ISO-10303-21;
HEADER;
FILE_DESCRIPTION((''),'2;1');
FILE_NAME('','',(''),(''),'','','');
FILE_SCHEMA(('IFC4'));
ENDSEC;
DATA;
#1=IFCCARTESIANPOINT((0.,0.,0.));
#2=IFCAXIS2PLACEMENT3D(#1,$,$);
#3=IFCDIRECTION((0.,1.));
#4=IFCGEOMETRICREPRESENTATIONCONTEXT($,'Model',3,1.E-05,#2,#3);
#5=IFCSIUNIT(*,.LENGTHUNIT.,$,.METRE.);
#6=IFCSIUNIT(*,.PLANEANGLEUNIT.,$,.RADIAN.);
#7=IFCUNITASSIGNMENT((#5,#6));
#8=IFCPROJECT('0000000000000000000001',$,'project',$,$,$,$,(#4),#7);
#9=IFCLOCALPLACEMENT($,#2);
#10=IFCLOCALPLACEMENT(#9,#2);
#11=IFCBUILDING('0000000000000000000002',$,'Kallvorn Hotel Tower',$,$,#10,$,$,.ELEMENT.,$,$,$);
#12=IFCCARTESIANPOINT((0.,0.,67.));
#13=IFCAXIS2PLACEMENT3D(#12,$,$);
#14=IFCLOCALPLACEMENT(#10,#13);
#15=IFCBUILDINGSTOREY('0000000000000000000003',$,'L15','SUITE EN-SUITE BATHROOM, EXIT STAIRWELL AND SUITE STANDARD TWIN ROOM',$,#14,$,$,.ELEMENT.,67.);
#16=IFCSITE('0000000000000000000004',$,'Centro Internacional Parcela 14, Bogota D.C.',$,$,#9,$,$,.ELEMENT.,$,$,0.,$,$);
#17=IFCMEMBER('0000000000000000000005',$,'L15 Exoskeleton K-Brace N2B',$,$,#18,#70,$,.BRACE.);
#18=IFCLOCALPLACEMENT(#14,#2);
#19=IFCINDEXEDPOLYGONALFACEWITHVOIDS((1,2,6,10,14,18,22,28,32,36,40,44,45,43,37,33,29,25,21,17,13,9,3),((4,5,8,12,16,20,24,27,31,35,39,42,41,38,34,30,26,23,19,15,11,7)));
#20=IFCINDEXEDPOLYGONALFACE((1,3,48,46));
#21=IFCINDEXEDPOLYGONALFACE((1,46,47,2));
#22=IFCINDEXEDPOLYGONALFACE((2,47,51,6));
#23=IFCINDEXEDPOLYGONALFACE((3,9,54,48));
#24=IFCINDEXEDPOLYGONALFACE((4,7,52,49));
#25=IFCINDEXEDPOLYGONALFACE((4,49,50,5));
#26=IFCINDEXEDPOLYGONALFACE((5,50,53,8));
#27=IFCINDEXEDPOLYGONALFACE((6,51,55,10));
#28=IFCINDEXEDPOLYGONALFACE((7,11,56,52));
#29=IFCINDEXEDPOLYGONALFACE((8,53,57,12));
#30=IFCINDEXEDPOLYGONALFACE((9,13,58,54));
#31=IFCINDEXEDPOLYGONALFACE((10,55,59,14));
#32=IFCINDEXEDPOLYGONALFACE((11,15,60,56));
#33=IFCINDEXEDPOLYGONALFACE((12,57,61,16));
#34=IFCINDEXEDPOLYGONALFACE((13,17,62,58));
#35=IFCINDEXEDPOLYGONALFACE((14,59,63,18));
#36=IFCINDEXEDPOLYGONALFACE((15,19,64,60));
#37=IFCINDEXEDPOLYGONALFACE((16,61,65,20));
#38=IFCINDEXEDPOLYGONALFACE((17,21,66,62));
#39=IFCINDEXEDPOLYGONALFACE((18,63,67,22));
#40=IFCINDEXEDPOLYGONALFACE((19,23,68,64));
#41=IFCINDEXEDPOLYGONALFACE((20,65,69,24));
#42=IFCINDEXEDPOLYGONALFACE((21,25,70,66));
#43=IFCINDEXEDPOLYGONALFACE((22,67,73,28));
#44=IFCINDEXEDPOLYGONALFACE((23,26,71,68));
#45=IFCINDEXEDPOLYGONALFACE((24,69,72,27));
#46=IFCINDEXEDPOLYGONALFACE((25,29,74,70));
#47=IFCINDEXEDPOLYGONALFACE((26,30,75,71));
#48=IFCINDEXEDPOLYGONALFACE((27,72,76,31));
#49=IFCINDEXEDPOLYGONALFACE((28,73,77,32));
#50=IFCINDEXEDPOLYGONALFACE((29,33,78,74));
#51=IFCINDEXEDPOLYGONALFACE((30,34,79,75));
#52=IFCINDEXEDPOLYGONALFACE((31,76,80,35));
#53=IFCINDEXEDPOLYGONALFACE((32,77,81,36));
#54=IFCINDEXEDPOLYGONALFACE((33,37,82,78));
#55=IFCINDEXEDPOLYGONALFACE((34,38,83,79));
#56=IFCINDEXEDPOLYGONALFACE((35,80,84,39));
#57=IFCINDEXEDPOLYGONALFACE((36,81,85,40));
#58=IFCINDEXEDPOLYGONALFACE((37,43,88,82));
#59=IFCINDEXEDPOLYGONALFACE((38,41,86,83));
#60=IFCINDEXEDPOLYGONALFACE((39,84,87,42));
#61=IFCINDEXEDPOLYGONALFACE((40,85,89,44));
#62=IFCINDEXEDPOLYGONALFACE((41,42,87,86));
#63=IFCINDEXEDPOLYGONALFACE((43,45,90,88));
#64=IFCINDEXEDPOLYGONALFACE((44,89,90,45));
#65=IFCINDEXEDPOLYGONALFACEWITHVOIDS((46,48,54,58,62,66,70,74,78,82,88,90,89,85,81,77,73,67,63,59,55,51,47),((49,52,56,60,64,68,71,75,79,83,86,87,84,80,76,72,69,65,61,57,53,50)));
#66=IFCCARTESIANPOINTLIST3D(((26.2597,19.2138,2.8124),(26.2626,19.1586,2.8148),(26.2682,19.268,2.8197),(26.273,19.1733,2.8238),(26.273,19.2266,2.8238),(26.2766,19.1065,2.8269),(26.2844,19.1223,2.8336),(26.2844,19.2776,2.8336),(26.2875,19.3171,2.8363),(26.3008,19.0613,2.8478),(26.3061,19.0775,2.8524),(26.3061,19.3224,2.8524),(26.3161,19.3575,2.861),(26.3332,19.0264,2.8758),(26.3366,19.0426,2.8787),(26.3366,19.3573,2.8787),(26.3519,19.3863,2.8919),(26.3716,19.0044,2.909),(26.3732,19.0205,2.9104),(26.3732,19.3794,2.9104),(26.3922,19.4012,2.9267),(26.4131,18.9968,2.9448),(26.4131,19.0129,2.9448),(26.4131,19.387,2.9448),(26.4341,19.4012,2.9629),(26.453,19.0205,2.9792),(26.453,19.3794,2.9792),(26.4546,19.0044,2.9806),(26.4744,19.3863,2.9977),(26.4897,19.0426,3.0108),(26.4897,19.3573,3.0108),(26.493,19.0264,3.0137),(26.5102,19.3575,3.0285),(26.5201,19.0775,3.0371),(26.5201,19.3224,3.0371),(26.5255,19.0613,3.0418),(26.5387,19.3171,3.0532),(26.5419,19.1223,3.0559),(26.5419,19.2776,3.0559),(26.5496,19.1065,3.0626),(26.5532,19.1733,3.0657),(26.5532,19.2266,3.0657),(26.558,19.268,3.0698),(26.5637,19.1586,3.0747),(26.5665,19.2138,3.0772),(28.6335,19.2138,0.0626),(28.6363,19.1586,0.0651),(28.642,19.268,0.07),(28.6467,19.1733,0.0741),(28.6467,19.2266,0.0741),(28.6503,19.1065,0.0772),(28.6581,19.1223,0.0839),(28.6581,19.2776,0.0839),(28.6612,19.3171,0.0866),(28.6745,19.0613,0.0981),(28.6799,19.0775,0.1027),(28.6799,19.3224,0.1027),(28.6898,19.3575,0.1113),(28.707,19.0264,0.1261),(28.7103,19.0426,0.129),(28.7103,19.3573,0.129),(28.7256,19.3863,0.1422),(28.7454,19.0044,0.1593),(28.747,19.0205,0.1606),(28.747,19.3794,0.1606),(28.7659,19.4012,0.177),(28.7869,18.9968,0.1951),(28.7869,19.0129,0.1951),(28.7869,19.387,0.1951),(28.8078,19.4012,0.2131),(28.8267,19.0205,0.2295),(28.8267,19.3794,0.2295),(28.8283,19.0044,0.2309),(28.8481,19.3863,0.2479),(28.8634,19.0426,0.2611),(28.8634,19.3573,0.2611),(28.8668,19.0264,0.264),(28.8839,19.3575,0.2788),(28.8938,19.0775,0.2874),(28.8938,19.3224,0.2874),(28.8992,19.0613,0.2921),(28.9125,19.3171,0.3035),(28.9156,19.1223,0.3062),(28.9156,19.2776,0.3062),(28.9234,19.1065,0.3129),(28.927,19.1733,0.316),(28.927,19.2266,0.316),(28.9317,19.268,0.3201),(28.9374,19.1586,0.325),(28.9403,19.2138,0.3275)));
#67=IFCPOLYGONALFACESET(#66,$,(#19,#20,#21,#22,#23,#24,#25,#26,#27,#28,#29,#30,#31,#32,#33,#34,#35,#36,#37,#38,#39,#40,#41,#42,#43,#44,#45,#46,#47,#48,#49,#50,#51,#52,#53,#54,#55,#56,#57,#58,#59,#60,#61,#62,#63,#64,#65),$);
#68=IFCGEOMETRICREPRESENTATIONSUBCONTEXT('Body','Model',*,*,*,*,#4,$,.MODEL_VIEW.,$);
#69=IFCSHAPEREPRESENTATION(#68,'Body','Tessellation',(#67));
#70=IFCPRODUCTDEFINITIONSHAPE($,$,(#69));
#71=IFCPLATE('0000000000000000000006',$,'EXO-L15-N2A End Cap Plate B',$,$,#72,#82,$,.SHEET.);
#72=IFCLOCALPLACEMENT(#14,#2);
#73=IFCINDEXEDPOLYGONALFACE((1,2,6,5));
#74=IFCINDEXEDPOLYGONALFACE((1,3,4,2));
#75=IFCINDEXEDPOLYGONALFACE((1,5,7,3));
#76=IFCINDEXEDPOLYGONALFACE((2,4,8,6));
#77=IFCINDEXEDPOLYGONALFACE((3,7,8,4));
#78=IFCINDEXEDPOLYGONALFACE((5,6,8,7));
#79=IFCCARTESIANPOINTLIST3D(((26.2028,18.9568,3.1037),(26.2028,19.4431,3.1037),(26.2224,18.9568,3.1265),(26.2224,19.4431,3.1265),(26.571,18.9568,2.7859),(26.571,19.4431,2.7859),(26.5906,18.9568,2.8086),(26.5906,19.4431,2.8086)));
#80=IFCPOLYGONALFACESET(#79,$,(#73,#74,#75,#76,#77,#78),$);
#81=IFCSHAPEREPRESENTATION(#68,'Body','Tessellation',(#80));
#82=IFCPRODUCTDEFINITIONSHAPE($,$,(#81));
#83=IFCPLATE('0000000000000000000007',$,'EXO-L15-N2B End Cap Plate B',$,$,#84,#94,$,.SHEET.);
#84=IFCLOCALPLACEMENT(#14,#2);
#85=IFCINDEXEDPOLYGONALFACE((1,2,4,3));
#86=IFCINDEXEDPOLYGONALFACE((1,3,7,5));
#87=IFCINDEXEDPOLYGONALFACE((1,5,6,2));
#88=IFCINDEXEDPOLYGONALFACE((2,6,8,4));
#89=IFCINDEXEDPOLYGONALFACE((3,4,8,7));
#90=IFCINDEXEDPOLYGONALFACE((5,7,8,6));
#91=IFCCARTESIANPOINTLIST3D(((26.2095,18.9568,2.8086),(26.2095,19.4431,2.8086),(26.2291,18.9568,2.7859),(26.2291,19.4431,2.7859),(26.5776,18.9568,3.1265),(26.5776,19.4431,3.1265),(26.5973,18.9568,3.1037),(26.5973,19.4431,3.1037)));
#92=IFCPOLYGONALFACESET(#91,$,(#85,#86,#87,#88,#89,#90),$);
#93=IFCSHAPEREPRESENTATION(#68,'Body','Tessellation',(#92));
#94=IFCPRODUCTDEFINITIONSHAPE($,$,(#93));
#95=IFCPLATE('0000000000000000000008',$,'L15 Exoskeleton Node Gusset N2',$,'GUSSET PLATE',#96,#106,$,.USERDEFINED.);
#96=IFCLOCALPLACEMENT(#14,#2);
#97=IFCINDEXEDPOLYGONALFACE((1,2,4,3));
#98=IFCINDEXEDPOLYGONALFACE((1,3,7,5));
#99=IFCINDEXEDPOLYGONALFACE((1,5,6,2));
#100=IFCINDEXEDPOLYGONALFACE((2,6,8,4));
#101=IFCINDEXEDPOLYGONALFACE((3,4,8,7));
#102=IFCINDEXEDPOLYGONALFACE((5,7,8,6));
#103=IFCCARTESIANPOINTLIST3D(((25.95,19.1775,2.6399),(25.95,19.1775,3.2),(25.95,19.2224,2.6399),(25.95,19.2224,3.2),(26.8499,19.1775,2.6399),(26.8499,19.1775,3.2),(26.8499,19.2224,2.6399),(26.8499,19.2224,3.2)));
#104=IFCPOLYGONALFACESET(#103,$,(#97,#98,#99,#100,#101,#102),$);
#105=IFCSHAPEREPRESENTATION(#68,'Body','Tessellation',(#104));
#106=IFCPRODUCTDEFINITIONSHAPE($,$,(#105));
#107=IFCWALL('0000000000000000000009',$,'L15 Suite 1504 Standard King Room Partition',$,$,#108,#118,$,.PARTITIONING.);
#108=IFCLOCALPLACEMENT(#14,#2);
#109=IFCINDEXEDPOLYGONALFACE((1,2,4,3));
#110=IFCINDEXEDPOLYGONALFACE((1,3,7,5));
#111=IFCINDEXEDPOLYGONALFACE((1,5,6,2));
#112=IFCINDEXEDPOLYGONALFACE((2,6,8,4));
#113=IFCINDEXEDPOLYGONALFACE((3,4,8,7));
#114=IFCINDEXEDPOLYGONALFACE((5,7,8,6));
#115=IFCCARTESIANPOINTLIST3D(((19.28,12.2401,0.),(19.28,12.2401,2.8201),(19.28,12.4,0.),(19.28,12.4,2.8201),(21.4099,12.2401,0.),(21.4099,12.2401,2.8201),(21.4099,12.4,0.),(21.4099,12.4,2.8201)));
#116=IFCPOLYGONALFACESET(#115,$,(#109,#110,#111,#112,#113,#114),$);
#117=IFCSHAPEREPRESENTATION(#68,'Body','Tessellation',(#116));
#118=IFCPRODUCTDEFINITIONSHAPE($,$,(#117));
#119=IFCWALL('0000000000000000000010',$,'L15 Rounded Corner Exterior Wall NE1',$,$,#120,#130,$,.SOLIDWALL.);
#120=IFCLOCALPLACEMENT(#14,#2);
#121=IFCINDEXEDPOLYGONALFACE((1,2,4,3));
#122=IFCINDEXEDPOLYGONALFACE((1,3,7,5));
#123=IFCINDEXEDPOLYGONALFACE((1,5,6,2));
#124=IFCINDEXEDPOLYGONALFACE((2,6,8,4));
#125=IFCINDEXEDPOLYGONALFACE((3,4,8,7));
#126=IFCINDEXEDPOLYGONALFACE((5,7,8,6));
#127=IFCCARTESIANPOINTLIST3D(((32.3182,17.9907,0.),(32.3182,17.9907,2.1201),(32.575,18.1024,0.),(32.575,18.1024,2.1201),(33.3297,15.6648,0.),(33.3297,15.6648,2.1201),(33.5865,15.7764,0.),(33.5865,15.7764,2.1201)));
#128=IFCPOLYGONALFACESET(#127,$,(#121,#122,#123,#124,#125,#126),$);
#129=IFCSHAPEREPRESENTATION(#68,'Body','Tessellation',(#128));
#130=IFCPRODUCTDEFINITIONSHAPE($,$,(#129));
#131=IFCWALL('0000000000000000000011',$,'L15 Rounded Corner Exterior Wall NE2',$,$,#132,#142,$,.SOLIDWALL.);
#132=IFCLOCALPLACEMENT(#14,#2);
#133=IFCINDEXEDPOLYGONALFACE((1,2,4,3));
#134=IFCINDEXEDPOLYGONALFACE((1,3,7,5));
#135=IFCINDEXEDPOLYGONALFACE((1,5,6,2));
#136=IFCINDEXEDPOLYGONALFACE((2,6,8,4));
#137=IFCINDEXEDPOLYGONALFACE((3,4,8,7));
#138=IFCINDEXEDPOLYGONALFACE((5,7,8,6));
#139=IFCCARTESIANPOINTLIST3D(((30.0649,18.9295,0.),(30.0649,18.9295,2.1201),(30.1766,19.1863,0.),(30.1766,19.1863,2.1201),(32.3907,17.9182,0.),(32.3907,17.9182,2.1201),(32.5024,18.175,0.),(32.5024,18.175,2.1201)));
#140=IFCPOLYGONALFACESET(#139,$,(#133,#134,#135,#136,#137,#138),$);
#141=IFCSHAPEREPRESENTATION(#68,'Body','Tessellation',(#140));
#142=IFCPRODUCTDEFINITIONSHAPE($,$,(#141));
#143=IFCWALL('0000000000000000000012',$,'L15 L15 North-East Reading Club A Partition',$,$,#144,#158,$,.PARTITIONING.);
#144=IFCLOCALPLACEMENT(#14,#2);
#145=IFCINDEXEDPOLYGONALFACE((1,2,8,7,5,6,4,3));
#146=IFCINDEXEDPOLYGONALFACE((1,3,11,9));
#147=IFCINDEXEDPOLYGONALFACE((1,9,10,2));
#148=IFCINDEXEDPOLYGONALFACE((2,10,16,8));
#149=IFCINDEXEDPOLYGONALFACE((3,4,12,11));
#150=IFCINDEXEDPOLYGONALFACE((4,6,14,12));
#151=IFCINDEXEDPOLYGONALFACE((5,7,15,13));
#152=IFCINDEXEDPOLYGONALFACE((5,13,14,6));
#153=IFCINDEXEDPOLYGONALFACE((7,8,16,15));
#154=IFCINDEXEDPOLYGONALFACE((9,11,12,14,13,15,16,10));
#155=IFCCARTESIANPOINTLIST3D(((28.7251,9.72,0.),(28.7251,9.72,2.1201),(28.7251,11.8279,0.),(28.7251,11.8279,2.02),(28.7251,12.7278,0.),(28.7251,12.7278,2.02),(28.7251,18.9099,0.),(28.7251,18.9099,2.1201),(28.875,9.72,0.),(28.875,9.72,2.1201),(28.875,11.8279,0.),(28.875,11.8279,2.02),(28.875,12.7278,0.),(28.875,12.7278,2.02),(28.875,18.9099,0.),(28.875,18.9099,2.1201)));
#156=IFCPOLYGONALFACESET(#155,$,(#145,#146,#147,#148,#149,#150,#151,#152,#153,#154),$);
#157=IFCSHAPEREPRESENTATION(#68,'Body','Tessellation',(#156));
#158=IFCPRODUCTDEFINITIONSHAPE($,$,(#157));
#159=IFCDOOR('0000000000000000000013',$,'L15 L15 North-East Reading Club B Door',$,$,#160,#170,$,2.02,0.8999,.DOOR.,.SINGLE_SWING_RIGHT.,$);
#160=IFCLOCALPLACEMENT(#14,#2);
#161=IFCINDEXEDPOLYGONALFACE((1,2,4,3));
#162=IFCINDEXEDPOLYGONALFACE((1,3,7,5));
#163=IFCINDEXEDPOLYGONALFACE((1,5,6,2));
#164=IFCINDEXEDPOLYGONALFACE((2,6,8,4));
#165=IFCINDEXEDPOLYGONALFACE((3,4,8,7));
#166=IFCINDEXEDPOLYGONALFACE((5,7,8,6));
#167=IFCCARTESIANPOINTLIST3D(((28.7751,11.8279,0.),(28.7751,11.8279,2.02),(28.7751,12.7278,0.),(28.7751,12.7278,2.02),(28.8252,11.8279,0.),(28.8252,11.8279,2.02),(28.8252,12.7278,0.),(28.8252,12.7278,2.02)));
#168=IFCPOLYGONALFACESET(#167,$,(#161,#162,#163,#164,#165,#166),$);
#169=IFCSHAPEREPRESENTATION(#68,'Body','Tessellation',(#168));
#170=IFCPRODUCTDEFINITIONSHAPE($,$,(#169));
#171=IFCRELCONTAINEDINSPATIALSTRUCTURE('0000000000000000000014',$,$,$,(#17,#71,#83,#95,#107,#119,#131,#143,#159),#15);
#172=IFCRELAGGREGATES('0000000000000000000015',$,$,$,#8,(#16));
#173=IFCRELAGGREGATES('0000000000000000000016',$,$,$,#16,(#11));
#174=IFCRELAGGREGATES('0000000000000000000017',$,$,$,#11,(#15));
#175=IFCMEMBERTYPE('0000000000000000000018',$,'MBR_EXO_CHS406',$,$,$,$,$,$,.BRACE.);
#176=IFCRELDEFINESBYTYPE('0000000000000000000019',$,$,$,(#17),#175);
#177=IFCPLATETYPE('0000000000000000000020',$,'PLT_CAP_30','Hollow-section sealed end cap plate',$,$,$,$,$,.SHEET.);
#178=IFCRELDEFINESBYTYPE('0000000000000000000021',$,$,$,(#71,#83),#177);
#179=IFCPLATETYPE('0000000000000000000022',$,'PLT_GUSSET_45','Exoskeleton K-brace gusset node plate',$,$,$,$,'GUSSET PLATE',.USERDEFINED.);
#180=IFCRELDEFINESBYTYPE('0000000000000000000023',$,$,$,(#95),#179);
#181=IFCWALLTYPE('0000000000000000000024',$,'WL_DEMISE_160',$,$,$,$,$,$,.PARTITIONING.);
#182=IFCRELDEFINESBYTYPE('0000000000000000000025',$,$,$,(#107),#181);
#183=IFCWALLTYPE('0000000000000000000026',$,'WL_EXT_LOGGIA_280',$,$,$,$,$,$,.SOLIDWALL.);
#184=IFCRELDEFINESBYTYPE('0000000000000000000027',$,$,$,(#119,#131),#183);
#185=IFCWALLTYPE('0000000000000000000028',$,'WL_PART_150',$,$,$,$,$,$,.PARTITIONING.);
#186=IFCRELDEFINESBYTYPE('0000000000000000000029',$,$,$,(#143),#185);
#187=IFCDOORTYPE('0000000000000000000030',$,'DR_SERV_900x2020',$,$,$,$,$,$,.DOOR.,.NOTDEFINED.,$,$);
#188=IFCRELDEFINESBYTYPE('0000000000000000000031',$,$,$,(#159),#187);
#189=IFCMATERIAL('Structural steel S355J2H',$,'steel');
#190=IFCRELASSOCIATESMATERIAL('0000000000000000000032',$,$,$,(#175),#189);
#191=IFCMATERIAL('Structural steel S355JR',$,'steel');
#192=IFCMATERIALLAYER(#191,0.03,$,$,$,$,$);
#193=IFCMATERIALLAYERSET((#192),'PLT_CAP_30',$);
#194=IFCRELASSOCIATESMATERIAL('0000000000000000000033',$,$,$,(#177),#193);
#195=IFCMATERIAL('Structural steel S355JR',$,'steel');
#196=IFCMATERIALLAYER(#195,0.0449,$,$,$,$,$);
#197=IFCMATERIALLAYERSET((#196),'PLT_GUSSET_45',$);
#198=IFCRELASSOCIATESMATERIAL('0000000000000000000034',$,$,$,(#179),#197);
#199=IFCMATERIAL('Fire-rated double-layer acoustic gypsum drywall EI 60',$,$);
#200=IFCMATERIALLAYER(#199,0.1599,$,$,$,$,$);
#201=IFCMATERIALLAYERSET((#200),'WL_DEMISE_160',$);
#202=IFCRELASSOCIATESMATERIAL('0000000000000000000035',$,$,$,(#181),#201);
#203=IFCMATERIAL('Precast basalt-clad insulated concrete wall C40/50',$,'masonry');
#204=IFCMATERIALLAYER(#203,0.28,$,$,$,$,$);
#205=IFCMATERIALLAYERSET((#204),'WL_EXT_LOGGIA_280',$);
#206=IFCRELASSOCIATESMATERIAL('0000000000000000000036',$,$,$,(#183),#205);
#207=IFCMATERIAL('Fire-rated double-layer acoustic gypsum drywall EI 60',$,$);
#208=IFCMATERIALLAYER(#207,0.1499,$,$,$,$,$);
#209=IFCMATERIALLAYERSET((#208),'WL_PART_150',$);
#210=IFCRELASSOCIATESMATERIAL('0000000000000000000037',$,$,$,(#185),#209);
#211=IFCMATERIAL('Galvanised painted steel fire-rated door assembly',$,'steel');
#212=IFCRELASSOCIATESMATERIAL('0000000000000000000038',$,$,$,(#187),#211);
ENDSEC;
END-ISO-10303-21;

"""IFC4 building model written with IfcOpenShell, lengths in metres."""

from ifc_helpers import new_model, si_unit, direction, frame, frame_2d, origin, origin_2d, place, context, subcontext, project, spatial, polyline, rectangle, hollow_circle, outline, extrude, material, layer, layer_set, material_profile, profile_set, type_object, element, fill, save


model = new_model("IFC4")

# Units and contexts
model_context = context("Model", 3, precision=1e-05, world=origin(), true_north=direction((0.0, 1.0)))
body_context = subcontext(model_context, "Body", "Model", "MODEL_VIEW")
ifc_project = project(units=[si_unit("LENGTHUNIT", "METRE"), si_unit("PLANEANGLEUNIT", "RADIAN")], contexts=[model_context])

# Site, building, storey
site_placement = place(None, origin())
site = spatial("IfcSite", under=ifc_project, at=site_placement, Name="Centro Internacional Parcela 14, Bogota D.C.", CompositionType="ELEMENT", RefElevation=0.0)
building_placement = place(site_placement, origin())
building = spatial("IfcBuilding", under=site, at=building_placement, Name="Kallvorn Hotel Tower", CompositionType="ELEMENT")
storey_placement = place(building_placement, frame((0.0, 0.0, 67.0)))
storey = spatial("IfcBuildingStorey", under=building, at=storey_placement, Name="L15", Description="SUITE EN-SUITE BATHROOM, EXIT STAIRWELL AND SUITE STANDARD TWIN ROOM", CompositionType="ELEMENT", Elevation=67.0)

# Member
ifc_material_1 = material(Name="Structural steel S355J2H", Category="steel")
ifc_material_profile_1 = material_profile(ifc_material_1, hollow_circle(Radius=0.2031, WallThickness=0.0161, at=origin_2d()), Name="CHS 406.4x16")
ifc_profile_set_1 = profile_set([ifc_material_profile_1], Name="Structural steel S355J2H")
member_type_1 = type_object("IfcMemberType", Name="MBR_EXO_CHS406", PredefinedType="BRACE", material=ifc_profile_set_1)
for number, where, z_axis, x_axis, name in (
    (1, (28.7869, 19.2, 0.1951), (-0.653461, 0.0, 0.756961), (0.0, -1.0, 0.0), "L15 Exoskeleton K-Brace N2B"),
):
    element("IfcMember", number, at=place(storey_placement, frame(where, z_axis=z_axis, x_axis=x_axis)), inside=storey, type_object=member_type_1, Name=name, PredefinedType="BRACE", context=body_context, shape_type="SweptSolid", body=[
        extrude(hollow_circle(Radius=0.2031, WallThickness=0.0161, at=origin_2d()), origin(), (0.0, 0.0, 1.0), 3.6326),
    ])

# Plates
ifc_material_2 = material(Name="Structural steel S355JR", Category="steel")
ifc_layer_1 = layer(ifc_material_2, 0.03)
ifc_layer_set_1 = layer_set([ifc_layer_1], Name="PLT_CAP_30")
plate_type_1 = type_object("IfcPlateType", Name="PLT_CAP_30", Description="Hollow-section sealed end cap plate", PredefinedType="SHEET", material=ifc_layer_set_1)
for number, where, z_axis, x_axis, name in (
    (2, (26.5906, 18.9568, 2.8086), (0.653515, 0.0, 0.756913), (0.0, 1.0, 0.0), "EXO-L15-N2A End Cap Plate B"),
    (3, (26.2095, 19.4431, 2.8086), (-0.653515, 0.0, 0.756913), (0.0, -1.0, 0.0), "EXO-L15-N2B End Cap Plate B"),
):
    element("IfcPlate", number, at=place(storey_placement, frame(where, z_axis=z_axis, x_axis=x_axis)), inside=storey, type_object=plate_type_1, Name=name, PredefinedType="SHEET", context=body_context, shape_type="SweptSolid", body=[
        extrude(outline(polyline([(0.0, 0.0), (0.4863, 0.0), (0.4863, 0.4864), (0.0, 0.4864), (0.0, 0.0)])), origin(), (0.0, 0.0, -1.0), 0.03),
    ])
ifc_material_3 = material(Name="Structural steel S355JR", Category="steel")
ifc_layer_2 = layer(ifc_material_3, 0.0449)
ifc_layer_set_2 = layer_set([ifc_layer_2], Name="PLT_GUSSET_45")
plate_type_2 = type_object("IfcPlateType", Name="PLT_GUSSET_45", Description="Exoskeleton K-brace gusset node plate", ElementType="GUSSET PLATE", PredefinedType="USERDEFINED", material=ifc_layer_set_2)
plate_placement = place(storey_placement, frame((26.3999, 19.2, 2.6399), z_axis=(0.0, 0.0, 1.0), x_axis=(1.0, 0.0, 0.0)))
element("IfcPlate", 4, at=plate_placement, inside=storey, type_object=plate_type_2, Name="L15 Exoskeleton Node Gusset N2", ObjectType="GUSSET PLATE", PredefinedType="USERDEFINED", context=body_context, shape_type="SweptSolid", body=[
    extrude(rectangle(XDim=0.8999, YDim=0.0449, at=origin_2d()), origin(), (0.0, 0.0, 1.0), 0.5601),
])

# Walls
ifc_material_4 = material(Name="Fire-rated double-layer acoustic gypsum drywall EI 60")
ifc_layer_3 = layer(ifc_material_4, 0.1599)
ifc_layer_set_3 = layer_set([ifc_layer_3], Name="WL_DEMISE_160")
wall_type_1 = type_object("IfcWallType", Name="WL_DEMISE_160", PredefinedType="PARTITIONING", material=ifc_layer_set_3)
wall_1_placement = place(storey_placement, frame((19.28, 12.3201, 0.0), z_axis=(0.0, 0.0, 1.0), x_axis=(1.0, 0.0, 0.0)))
element("IfcWall", 5, at=wall_1_placement, inside=storey, type_object=wall_type_1, Name="L15 Suite 1504 Standard King Room Partition", PredefinedType="PARTITIONING", context=body_context, shape_type="SweptSolid", body=[
    extrude(rectangle(XDim=2.1299, YDim=0.1599, at=frame_2d((1.0649, 0.0))), origin(), (0.0, 0.0, 1.0), 2.8201),
])
ifc_material_5 = material(Name="Precast basalt-clad insulated concrete wall C40/50", Category="masonry")
ifc_layer_4 = layer(ifc_material_5, 0.28)
ifc_layer_set_4 = layer_set([ifc_layer_4], Name="WL_EXT_LOGGIA_280")
wall_type_2 = type_object("IfcWallType", Name="WL_EXT_LOGGIA_280", PredefinedType="SOLIDWALL", material=ifc_layer_set_4)
wall_2_placement = place(storey_placement, frame((33.458, 15.7207, 0.0), z_axis=(0.0, 0.0, 1.0), x_axis=(-0.398793, 0.917041, 0.0)))
element("IfcWall", 6, at=wall_2_placement, inside=storey, type_object=wall_type_2, Name="L15 Rounded Corner Exterior Wall NE1", PredefinedType="SOLIDWALL", context=body_context, shape_type="SweptSolid", body=[
    extrude(rectangle(XDim=2.5364, YDim=0.28, at=frame_2d((1.2681, 0.0))), origin(), (0.0, 0.0, 1.0), 2.1201),
])
wall_3_placement = place(storey_placement, frame((32.4465, 18.0466, 0.0), z_axis=(0.0, 0.0, 1.0), x_axis=(-0.917061, 0.398747, 0.0)))
element("IfcWall", 7, at=wall_3_placement, inside=storey, type_object=wall_type_2, Name="L15 Rounded Corner Exterior Wall NE2", PredefinedType="SOLIDWALL", context=body_context, shape_type="SweptSolid", body=[
    extrude(rectangle(XDim=2.5361, YDim=0.28, at=frame_2d((1.2681, 0.0))), origin(), (0.0, 0.0, 1.0), 2.1201),
])

# Wall, opening, door
ifc_material_6 = material(Name="Fire-rated double-layer acoustic gypsum drywall EI 60")
ifc_layer_5 = layer(ifc_material_6, 0.1499)
ifc_layer_set_5 = layer_set([ifc_layer_5], Name="WL_PART_150")
wall_type_3 = type_object("IfcWallType", Name="WL_PART_150", PredefinedType="PARTITIONING", material=ifc_layer_set_5)
wall_4_placement = place(storey_placement, frame((28.8, 9.72, 0.0), z_axis=(0.0, 0.0, 1.0), x_axis=(0.0, 1.0, 0.0)))
wall_4 = element("IfcWall", 8, at=wall_4_placement, inside=storey, type_object=wall_type_3, Name="L15 L15 North-East Reading Club A Partition", PredefinedType="PARTITIONING", context=body_context, shape_type="SweptSolid", body=[
    extrude(rectangle(XDim=9.1899, YDim=0.1499, at=frame_2d((4.595, 0.0))), origin(), (0.0, 0.0, 1.0), 2.1201),
])
opening_placement = place(wall_4_placement, frame((2.1079, 0.0, 0.0)))
opening = element("IfcOpeningElement", 9, at=opening_placement, cuts=wall_4, PredefinedType="OPENING", context=body_context, shape_type="SweptSolid", body=[
    extrude(rectangle(XDim=0.8999, YDim=2.02, at=frame_2d((0.45, 1.01))), frame((0.0, 0.0898, 0.0), z_axis=(0.0, -1.0, 0.0), x_axis=(1.0, 0.0, 0.0)), (0.0, 0.0, 1.0), 0.1799),
])
ifc_material_7 = material(Name="Galvanised painted steel fire-rated door assembly", Category="steel")
door_type = type_object("IfcDoorType", Name="DR_SERV_900x2020", OperationType="NOTDEFINED", PredefinedType="DOOR", material=ifc_material_7)
door_placement = place(opening_placement, origin())
door = element("IfcDoor", 10, at=door_placement, inside=storey, type_object=door_type, Name="L15 L15 North-East Reading Club B Door", OperationType="SINGLE_SWING_RIGHT", OverallHeight=2.02, OverallWidth=0.8999, PredefinedType="DOOR", context=body_context, shape_type="SweptSolid", body=[
    extrude(rectangle(XDim=0.8999, YDim=2.02, at=frame_2d((0.45, 1.01))), frame((0.0, 0.0249, 0.0), z_axis=(0.0, -1.0, 0.0), x_axis=(1.0, 0.0, 0.0)), (0.0, 0.0, 1.0), 0.05),
])
fill(opening, door)

save(model, "model.ifc")
